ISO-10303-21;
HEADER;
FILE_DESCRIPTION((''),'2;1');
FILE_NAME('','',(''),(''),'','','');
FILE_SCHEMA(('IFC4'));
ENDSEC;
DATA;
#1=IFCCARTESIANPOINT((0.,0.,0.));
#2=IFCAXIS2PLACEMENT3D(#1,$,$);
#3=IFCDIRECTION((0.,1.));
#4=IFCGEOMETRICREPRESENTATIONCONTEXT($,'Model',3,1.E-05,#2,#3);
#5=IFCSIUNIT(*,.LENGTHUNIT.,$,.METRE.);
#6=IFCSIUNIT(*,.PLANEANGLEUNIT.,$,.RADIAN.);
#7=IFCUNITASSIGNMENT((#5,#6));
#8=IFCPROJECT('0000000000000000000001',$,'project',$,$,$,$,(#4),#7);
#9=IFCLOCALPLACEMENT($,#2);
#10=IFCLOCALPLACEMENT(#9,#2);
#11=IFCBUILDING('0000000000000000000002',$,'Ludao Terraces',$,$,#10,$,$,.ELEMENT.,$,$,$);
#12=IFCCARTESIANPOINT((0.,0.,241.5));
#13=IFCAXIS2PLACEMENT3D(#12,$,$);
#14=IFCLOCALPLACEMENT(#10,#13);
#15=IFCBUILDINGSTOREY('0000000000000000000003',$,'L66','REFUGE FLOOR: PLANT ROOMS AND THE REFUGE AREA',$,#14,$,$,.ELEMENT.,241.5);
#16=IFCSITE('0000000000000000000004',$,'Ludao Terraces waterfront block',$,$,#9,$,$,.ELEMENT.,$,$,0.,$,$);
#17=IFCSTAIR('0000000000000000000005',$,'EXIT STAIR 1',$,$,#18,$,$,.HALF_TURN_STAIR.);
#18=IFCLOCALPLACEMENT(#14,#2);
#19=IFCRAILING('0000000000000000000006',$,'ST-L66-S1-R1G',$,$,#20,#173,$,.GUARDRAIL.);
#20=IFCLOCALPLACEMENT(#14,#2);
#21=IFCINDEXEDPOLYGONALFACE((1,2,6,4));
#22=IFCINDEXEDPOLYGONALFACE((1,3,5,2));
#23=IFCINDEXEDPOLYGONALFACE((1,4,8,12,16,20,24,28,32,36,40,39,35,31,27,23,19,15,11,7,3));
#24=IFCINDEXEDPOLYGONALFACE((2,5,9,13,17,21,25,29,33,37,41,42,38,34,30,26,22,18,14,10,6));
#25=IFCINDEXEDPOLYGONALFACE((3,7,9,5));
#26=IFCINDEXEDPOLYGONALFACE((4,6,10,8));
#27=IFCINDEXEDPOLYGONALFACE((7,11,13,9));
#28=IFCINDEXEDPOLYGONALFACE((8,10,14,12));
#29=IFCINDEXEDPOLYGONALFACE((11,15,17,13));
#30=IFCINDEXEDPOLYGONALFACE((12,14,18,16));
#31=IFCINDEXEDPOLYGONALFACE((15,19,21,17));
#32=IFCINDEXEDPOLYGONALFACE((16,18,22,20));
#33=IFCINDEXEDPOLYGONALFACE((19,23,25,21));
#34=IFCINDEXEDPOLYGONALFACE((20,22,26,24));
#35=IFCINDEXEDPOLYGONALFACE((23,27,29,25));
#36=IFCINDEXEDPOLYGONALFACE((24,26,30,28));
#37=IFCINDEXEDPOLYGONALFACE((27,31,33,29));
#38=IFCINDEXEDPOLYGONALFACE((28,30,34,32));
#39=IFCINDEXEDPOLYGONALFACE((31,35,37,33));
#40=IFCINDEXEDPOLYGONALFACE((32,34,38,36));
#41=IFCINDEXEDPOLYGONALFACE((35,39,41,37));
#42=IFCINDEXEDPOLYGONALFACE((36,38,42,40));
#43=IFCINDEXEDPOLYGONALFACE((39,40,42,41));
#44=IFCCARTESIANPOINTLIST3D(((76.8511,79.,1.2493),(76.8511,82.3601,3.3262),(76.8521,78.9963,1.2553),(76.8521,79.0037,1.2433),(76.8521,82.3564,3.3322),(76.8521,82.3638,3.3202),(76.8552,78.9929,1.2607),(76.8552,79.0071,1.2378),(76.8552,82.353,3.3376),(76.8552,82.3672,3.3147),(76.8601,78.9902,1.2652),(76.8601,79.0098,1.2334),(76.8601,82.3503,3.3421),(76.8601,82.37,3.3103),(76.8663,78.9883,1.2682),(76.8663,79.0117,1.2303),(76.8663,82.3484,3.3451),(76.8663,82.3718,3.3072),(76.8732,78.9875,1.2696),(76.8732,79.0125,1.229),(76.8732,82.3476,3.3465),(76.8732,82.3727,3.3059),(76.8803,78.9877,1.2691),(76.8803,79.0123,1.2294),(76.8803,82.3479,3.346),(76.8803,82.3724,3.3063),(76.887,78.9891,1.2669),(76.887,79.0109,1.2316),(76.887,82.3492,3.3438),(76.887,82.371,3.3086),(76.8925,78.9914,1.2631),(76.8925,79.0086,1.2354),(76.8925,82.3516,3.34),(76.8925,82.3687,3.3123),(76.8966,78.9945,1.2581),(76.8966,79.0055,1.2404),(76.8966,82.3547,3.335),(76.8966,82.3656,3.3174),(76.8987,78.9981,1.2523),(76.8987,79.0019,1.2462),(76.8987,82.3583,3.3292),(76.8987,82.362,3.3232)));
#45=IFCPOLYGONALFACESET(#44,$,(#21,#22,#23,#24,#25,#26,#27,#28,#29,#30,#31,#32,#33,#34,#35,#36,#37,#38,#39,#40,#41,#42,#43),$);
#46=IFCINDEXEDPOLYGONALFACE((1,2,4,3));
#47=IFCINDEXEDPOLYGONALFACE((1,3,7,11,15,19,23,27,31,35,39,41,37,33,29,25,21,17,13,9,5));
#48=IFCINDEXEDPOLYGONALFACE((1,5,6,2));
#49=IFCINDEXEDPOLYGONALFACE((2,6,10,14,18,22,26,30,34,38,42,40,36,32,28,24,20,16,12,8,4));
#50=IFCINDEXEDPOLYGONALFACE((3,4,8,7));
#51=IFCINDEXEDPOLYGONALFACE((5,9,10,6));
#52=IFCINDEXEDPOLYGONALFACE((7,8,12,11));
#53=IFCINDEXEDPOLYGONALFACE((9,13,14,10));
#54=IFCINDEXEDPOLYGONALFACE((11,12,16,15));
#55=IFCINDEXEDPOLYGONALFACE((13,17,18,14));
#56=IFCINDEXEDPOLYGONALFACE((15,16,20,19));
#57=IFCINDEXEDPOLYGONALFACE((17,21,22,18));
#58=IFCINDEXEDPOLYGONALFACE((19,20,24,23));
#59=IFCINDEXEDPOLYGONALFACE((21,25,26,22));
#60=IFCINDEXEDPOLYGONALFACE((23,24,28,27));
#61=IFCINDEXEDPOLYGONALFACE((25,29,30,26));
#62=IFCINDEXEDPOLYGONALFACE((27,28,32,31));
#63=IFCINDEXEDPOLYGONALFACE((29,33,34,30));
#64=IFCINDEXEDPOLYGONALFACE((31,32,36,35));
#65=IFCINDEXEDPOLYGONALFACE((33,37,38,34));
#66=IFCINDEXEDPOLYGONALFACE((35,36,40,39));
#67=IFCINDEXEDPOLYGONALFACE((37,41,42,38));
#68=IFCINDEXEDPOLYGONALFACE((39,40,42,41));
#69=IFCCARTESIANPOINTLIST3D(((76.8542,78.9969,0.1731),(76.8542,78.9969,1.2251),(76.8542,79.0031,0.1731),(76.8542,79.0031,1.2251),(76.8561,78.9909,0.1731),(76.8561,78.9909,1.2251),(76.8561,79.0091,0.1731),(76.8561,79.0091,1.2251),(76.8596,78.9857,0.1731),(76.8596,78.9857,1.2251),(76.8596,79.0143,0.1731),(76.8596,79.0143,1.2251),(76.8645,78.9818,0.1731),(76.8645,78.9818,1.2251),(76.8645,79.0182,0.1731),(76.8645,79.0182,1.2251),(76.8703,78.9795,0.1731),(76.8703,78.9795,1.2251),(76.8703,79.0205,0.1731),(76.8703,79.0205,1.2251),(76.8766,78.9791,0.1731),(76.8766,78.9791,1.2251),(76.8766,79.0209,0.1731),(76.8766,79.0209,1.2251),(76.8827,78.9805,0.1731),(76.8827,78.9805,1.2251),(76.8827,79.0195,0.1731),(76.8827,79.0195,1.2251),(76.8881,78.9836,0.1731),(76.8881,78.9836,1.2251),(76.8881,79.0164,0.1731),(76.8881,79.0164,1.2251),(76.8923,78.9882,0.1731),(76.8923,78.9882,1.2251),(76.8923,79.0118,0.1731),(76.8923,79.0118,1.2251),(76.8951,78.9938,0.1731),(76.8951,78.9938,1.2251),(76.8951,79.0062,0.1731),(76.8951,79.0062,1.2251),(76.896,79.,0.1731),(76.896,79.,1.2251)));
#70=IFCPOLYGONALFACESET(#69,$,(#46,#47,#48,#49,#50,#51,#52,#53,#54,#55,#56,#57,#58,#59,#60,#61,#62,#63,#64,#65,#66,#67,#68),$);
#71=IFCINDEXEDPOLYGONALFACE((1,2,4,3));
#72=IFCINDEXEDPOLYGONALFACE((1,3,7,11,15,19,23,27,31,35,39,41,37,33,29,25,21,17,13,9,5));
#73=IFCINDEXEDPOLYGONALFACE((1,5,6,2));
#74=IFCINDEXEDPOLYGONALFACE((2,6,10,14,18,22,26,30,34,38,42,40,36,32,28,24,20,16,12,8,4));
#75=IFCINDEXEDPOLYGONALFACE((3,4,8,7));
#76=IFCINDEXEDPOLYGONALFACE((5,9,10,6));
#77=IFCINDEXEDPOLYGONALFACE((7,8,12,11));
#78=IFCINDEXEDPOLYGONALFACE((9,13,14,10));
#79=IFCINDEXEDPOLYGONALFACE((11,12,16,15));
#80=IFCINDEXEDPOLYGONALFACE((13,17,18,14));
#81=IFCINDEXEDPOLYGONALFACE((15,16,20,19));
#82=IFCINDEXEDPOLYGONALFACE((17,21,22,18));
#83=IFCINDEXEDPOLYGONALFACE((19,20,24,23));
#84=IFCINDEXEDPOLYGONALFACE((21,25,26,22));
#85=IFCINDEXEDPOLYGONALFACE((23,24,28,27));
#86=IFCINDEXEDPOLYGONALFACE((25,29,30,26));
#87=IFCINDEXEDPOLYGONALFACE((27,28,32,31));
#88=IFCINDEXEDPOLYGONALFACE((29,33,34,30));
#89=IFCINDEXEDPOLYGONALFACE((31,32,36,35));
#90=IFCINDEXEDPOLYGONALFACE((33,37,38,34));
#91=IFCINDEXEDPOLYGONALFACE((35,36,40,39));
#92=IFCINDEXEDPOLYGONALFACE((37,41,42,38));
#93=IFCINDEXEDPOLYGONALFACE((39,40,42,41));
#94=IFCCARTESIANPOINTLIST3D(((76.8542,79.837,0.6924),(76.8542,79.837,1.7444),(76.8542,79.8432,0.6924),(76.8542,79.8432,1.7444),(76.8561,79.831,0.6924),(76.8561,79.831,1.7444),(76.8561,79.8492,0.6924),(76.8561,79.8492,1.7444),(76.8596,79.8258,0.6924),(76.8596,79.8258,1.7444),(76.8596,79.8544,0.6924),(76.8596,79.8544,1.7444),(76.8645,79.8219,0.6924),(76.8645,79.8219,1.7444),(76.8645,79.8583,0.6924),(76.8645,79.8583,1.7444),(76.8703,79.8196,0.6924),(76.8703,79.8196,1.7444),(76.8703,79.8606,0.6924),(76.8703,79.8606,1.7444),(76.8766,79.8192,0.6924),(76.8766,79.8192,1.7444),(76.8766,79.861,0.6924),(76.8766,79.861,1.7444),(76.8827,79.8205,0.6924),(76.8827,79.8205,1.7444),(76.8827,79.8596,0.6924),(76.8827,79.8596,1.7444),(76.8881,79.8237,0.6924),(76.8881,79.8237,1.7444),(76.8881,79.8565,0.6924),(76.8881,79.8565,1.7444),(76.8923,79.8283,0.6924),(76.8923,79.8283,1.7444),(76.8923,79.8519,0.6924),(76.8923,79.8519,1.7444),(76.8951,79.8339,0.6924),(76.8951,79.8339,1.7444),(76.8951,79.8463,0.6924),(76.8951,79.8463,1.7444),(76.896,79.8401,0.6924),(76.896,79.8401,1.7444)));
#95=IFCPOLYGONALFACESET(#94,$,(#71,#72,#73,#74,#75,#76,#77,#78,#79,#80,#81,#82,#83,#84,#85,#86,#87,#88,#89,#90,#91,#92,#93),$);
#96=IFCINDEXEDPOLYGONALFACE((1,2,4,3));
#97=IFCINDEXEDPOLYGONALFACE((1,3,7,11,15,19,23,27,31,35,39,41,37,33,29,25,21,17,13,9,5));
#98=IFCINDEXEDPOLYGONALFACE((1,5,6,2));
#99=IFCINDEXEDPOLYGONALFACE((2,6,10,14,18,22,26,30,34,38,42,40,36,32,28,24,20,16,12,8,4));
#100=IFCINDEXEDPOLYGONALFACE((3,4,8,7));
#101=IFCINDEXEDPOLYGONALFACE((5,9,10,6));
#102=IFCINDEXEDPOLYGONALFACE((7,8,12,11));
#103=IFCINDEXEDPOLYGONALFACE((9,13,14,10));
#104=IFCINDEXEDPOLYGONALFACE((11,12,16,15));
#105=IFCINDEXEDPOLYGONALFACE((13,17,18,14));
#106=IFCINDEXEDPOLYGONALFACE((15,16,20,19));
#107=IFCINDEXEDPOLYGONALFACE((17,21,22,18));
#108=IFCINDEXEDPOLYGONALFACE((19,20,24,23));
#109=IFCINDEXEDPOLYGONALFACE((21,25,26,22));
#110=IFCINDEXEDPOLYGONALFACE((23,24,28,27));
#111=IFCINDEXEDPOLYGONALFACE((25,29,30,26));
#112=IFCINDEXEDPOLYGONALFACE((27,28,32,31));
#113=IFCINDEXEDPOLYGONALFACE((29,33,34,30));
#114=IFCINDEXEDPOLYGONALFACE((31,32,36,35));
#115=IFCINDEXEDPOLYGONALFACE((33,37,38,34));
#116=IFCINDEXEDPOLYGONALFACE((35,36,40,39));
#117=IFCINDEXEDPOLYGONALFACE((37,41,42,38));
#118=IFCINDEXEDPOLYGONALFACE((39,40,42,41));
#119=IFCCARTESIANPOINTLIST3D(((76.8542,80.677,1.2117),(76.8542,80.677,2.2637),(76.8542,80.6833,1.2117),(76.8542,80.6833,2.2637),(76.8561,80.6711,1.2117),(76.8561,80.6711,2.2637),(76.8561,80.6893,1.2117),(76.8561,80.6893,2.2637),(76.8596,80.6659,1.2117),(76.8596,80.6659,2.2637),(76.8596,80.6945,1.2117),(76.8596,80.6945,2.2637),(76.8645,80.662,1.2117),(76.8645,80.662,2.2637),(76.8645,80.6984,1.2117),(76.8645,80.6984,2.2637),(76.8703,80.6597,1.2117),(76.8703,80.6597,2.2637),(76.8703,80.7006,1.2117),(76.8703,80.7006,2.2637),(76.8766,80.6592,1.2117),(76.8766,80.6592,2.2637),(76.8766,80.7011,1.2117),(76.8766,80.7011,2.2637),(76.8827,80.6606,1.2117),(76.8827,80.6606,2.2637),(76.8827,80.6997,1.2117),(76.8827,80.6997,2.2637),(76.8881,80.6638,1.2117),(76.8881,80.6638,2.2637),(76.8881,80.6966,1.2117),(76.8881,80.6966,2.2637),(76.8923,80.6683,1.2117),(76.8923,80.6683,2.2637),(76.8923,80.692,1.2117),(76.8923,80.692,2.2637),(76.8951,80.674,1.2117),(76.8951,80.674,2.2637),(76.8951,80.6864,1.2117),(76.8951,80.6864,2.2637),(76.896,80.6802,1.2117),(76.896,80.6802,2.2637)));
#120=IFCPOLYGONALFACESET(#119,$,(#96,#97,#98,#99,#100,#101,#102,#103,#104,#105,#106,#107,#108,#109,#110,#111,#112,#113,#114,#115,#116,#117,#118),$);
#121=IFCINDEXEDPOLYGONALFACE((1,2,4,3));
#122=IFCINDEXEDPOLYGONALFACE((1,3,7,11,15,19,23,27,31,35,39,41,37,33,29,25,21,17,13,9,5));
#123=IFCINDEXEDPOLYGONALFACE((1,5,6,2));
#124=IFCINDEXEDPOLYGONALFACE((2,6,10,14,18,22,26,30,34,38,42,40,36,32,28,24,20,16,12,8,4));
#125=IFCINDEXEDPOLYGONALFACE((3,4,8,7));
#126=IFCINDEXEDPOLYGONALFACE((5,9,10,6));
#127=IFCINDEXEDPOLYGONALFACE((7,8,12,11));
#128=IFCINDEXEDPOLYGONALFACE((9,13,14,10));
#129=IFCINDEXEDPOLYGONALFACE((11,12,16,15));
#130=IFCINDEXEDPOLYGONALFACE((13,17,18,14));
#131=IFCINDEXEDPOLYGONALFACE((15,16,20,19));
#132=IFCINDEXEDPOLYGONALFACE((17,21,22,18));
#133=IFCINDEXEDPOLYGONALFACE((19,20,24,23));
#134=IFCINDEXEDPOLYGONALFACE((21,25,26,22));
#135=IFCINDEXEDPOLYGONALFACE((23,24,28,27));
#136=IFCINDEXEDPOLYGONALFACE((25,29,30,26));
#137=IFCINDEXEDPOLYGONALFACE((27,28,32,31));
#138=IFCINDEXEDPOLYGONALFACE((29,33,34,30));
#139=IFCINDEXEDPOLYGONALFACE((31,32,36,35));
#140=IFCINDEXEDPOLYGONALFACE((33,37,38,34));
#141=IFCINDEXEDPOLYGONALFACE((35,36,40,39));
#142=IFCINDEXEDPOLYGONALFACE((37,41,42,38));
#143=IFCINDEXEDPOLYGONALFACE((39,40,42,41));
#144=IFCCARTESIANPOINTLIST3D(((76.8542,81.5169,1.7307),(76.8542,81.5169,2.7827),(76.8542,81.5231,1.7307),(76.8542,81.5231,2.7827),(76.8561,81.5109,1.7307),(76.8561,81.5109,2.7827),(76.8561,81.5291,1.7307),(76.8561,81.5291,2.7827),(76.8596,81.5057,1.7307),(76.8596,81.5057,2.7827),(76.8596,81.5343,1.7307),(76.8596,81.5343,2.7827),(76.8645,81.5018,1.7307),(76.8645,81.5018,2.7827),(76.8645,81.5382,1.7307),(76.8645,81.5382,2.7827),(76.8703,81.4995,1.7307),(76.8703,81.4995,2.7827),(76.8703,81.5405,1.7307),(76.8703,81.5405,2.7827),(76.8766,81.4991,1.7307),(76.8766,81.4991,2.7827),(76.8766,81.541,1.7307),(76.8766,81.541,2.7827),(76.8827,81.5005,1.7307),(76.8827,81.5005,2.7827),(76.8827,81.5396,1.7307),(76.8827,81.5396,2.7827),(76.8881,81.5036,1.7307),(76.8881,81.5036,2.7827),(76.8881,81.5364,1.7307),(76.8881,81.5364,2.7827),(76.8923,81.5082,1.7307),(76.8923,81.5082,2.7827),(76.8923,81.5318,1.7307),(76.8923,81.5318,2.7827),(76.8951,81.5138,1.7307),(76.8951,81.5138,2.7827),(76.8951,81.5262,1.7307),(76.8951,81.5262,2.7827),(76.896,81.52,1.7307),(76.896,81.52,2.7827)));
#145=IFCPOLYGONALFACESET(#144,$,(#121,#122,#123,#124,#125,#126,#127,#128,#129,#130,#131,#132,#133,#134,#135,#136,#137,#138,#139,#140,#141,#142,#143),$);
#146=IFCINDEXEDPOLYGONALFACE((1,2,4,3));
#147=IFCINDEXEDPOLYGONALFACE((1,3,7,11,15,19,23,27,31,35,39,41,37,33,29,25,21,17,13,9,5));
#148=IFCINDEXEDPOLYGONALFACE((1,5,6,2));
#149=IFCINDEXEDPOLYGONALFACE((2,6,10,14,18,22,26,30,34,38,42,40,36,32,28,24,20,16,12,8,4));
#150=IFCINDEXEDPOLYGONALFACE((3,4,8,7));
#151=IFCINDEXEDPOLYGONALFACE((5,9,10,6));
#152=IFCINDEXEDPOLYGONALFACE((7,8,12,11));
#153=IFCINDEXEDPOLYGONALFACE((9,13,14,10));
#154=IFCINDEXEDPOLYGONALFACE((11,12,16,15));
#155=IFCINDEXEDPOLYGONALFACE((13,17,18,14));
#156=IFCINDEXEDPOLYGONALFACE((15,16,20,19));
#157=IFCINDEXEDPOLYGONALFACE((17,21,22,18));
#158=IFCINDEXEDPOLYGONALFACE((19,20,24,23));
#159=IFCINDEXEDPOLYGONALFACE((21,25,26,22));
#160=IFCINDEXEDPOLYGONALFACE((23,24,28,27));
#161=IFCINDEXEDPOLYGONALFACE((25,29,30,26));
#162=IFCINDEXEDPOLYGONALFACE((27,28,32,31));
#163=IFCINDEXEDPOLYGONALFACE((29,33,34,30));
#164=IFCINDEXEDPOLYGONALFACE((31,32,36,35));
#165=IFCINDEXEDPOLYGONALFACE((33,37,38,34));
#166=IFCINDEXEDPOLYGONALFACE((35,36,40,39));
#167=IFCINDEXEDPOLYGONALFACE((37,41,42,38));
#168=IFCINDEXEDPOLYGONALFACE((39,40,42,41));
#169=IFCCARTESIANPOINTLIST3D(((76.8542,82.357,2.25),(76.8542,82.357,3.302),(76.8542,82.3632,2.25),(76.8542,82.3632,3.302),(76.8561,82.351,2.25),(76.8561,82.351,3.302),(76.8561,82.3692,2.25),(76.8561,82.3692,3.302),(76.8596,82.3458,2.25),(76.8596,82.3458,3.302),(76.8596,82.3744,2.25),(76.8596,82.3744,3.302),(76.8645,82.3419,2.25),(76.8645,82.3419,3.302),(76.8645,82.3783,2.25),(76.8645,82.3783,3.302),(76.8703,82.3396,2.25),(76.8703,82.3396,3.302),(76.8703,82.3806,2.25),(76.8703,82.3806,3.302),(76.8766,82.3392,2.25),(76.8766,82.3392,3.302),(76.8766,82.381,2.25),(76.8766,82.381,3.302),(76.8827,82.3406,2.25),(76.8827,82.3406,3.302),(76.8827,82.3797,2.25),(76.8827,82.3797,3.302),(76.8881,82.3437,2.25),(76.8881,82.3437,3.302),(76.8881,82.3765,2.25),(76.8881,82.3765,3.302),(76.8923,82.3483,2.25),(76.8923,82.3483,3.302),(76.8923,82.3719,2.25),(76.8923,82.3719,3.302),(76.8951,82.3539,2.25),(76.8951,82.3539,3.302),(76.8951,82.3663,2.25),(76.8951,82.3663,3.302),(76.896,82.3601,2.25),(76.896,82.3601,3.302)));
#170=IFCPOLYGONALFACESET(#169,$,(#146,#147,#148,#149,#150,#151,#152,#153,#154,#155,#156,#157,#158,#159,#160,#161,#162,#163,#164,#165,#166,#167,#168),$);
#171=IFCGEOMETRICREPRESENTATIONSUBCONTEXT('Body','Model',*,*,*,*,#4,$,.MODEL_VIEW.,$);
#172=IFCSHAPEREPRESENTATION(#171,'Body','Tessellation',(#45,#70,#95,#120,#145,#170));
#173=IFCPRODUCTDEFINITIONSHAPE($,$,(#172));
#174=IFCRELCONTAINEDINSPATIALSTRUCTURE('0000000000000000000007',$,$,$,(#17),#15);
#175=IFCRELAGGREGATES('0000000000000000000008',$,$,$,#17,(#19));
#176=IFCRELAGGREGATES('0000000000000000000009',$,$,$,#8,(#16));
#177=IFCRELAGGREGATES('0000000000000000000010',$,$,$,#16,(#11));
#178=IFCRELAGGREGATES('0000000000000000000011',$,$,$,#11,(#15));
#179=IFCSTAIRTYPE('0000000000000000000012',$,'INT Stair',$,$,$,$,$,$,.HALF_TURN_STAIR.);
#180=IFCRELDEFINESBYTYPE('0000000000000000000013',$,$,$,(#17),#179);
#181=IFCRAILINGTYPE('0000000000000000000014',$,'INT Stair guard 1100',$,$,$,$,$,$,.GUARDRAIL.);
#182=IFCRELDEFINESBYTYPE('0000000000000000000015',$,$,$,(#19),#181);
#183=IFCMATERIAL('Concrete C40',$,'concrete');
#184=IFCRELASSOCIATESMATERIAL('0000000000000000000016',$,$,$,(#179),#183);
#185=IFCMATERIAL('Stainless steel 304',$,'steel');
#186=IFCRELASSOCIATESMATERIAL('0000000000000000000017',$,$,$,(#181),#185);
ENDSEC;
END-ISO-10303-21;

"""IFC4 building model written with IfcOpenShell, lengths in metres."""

from ifc_helpers import new_model, si_unit, direction, frame, origin, origin_2d, place, context, subcontext, project, spatial, circle, extrude, material, type_object, element, aggregate, save


model = new_model("IFC4")

# Units and contexts
model_context = context("Model", 3, precision=1e-05, world=origin(), true_north=direction((0.0, 1.0)))
body_context = subcontext(model_context, "Body", "Model", "MODEL_VIEW")
ifc_project = project(units=[si_unit("LENGTHUNIT", "METRE"), si_unit("PLANEANGLEUNIT", "RADIAN")], contexts=[model_context])

# Site, building, storey
site_placement = place(None, origin())
site = spatial("IfcSite", under=ifc_project, at=site_placement, Name="Ludao Terraces waterfront block", CompositionType="ELEMENT", RefElevation=0.0)
building_placement = place(site_placement, origin())
building = spatial("IfcBuilding", under=site, at=building_placement, Name="Ludao Terraces", CompositionType="ELEMENT")
storey_placement = place(building_placement, frame((0.0, 0.0, 241.5)))
storey = spatial("IfcBuildingStorey", under=building, at=storey_placement, Name="L66", Description="REFUGE FLOOR: PLANT ROOMS AND THE REFUGE AREA", CompositionType="ELEMENT", Elevation=241.5)

# Shared definitions
ifc_material_1 = material(Name="Stainless steel 304", Category="steel")

# Stair, railing
ifc_material_2 = material(Name="Concrete C40", Category="concrete")
stair_type = type_object("IfcStairType", Name="INT Stair", PredefinedType="HALF_TURN_STAIR", material=ifc_material_2)
stair_placement = place(storey_placement, origin())
stair = element("IfcStair", 1, at=stair_placement, inside=storey, type_object=stair_type, Name="EXIT STAIR 1", PredefinedType="HALF_TURN_STAIR")
railing_type_1 = type_object("IfcRailingType", Name="INT Stair guard 1100", PredefinedType="GUARDRAIL", material=ifc_material_1)
railing_1_placement = place(storey_placement, frame((76.875, 79.0, 0.1731)))
railing_1 = element("IfcRailing", 2, at=railing_1_placement, type_object=railing_type_1, Name="ST-L66-S1-R1G", PredefinedType="GUARDRAIL", context=body_context, shape_type="SweptSolid", body=[
    extrude(circle(Radius=0.0239, at=origin_2d()), frame((0.0, 0.0, 1.0762), z_axis=(0.0, 0.850623, 0.525776), x_axis=(-1.0, 0.0, 0.0)), (0.0, 0.0, 1.0), 3.9502),
    extrude(circle(Radius=0.021, at=origin_2d()), origin(), (0.0, 0.0, 1.0), 1.052),
    extrude(circle(Radius=0.021, at=origin_2d()), frame((0.0, 0.8401, 0.5193)), (0.0, 0.0, 1.0), 1.052),
    extrude(circle(Radius=0.021, at=origin_2d()), frame((0.0, 1.6802, 1.0386)), (0.0, 0.0, 1.0), 1.052),
    extrude(circle(Radius=0.021, at=origin_2d()), frame((0.0, 2.52, 1.5576)), (0.0, 0.0, 1.0), 1.052),
    extrude(circle(Radius=0.021, at=origin_2d()), frame((0.0, 3.3601, 2.0769)), (0.0, 0.0, 1.0), 1.052),
])
aggregate(stair, [railing_1])

save(model, "model.ifc")
